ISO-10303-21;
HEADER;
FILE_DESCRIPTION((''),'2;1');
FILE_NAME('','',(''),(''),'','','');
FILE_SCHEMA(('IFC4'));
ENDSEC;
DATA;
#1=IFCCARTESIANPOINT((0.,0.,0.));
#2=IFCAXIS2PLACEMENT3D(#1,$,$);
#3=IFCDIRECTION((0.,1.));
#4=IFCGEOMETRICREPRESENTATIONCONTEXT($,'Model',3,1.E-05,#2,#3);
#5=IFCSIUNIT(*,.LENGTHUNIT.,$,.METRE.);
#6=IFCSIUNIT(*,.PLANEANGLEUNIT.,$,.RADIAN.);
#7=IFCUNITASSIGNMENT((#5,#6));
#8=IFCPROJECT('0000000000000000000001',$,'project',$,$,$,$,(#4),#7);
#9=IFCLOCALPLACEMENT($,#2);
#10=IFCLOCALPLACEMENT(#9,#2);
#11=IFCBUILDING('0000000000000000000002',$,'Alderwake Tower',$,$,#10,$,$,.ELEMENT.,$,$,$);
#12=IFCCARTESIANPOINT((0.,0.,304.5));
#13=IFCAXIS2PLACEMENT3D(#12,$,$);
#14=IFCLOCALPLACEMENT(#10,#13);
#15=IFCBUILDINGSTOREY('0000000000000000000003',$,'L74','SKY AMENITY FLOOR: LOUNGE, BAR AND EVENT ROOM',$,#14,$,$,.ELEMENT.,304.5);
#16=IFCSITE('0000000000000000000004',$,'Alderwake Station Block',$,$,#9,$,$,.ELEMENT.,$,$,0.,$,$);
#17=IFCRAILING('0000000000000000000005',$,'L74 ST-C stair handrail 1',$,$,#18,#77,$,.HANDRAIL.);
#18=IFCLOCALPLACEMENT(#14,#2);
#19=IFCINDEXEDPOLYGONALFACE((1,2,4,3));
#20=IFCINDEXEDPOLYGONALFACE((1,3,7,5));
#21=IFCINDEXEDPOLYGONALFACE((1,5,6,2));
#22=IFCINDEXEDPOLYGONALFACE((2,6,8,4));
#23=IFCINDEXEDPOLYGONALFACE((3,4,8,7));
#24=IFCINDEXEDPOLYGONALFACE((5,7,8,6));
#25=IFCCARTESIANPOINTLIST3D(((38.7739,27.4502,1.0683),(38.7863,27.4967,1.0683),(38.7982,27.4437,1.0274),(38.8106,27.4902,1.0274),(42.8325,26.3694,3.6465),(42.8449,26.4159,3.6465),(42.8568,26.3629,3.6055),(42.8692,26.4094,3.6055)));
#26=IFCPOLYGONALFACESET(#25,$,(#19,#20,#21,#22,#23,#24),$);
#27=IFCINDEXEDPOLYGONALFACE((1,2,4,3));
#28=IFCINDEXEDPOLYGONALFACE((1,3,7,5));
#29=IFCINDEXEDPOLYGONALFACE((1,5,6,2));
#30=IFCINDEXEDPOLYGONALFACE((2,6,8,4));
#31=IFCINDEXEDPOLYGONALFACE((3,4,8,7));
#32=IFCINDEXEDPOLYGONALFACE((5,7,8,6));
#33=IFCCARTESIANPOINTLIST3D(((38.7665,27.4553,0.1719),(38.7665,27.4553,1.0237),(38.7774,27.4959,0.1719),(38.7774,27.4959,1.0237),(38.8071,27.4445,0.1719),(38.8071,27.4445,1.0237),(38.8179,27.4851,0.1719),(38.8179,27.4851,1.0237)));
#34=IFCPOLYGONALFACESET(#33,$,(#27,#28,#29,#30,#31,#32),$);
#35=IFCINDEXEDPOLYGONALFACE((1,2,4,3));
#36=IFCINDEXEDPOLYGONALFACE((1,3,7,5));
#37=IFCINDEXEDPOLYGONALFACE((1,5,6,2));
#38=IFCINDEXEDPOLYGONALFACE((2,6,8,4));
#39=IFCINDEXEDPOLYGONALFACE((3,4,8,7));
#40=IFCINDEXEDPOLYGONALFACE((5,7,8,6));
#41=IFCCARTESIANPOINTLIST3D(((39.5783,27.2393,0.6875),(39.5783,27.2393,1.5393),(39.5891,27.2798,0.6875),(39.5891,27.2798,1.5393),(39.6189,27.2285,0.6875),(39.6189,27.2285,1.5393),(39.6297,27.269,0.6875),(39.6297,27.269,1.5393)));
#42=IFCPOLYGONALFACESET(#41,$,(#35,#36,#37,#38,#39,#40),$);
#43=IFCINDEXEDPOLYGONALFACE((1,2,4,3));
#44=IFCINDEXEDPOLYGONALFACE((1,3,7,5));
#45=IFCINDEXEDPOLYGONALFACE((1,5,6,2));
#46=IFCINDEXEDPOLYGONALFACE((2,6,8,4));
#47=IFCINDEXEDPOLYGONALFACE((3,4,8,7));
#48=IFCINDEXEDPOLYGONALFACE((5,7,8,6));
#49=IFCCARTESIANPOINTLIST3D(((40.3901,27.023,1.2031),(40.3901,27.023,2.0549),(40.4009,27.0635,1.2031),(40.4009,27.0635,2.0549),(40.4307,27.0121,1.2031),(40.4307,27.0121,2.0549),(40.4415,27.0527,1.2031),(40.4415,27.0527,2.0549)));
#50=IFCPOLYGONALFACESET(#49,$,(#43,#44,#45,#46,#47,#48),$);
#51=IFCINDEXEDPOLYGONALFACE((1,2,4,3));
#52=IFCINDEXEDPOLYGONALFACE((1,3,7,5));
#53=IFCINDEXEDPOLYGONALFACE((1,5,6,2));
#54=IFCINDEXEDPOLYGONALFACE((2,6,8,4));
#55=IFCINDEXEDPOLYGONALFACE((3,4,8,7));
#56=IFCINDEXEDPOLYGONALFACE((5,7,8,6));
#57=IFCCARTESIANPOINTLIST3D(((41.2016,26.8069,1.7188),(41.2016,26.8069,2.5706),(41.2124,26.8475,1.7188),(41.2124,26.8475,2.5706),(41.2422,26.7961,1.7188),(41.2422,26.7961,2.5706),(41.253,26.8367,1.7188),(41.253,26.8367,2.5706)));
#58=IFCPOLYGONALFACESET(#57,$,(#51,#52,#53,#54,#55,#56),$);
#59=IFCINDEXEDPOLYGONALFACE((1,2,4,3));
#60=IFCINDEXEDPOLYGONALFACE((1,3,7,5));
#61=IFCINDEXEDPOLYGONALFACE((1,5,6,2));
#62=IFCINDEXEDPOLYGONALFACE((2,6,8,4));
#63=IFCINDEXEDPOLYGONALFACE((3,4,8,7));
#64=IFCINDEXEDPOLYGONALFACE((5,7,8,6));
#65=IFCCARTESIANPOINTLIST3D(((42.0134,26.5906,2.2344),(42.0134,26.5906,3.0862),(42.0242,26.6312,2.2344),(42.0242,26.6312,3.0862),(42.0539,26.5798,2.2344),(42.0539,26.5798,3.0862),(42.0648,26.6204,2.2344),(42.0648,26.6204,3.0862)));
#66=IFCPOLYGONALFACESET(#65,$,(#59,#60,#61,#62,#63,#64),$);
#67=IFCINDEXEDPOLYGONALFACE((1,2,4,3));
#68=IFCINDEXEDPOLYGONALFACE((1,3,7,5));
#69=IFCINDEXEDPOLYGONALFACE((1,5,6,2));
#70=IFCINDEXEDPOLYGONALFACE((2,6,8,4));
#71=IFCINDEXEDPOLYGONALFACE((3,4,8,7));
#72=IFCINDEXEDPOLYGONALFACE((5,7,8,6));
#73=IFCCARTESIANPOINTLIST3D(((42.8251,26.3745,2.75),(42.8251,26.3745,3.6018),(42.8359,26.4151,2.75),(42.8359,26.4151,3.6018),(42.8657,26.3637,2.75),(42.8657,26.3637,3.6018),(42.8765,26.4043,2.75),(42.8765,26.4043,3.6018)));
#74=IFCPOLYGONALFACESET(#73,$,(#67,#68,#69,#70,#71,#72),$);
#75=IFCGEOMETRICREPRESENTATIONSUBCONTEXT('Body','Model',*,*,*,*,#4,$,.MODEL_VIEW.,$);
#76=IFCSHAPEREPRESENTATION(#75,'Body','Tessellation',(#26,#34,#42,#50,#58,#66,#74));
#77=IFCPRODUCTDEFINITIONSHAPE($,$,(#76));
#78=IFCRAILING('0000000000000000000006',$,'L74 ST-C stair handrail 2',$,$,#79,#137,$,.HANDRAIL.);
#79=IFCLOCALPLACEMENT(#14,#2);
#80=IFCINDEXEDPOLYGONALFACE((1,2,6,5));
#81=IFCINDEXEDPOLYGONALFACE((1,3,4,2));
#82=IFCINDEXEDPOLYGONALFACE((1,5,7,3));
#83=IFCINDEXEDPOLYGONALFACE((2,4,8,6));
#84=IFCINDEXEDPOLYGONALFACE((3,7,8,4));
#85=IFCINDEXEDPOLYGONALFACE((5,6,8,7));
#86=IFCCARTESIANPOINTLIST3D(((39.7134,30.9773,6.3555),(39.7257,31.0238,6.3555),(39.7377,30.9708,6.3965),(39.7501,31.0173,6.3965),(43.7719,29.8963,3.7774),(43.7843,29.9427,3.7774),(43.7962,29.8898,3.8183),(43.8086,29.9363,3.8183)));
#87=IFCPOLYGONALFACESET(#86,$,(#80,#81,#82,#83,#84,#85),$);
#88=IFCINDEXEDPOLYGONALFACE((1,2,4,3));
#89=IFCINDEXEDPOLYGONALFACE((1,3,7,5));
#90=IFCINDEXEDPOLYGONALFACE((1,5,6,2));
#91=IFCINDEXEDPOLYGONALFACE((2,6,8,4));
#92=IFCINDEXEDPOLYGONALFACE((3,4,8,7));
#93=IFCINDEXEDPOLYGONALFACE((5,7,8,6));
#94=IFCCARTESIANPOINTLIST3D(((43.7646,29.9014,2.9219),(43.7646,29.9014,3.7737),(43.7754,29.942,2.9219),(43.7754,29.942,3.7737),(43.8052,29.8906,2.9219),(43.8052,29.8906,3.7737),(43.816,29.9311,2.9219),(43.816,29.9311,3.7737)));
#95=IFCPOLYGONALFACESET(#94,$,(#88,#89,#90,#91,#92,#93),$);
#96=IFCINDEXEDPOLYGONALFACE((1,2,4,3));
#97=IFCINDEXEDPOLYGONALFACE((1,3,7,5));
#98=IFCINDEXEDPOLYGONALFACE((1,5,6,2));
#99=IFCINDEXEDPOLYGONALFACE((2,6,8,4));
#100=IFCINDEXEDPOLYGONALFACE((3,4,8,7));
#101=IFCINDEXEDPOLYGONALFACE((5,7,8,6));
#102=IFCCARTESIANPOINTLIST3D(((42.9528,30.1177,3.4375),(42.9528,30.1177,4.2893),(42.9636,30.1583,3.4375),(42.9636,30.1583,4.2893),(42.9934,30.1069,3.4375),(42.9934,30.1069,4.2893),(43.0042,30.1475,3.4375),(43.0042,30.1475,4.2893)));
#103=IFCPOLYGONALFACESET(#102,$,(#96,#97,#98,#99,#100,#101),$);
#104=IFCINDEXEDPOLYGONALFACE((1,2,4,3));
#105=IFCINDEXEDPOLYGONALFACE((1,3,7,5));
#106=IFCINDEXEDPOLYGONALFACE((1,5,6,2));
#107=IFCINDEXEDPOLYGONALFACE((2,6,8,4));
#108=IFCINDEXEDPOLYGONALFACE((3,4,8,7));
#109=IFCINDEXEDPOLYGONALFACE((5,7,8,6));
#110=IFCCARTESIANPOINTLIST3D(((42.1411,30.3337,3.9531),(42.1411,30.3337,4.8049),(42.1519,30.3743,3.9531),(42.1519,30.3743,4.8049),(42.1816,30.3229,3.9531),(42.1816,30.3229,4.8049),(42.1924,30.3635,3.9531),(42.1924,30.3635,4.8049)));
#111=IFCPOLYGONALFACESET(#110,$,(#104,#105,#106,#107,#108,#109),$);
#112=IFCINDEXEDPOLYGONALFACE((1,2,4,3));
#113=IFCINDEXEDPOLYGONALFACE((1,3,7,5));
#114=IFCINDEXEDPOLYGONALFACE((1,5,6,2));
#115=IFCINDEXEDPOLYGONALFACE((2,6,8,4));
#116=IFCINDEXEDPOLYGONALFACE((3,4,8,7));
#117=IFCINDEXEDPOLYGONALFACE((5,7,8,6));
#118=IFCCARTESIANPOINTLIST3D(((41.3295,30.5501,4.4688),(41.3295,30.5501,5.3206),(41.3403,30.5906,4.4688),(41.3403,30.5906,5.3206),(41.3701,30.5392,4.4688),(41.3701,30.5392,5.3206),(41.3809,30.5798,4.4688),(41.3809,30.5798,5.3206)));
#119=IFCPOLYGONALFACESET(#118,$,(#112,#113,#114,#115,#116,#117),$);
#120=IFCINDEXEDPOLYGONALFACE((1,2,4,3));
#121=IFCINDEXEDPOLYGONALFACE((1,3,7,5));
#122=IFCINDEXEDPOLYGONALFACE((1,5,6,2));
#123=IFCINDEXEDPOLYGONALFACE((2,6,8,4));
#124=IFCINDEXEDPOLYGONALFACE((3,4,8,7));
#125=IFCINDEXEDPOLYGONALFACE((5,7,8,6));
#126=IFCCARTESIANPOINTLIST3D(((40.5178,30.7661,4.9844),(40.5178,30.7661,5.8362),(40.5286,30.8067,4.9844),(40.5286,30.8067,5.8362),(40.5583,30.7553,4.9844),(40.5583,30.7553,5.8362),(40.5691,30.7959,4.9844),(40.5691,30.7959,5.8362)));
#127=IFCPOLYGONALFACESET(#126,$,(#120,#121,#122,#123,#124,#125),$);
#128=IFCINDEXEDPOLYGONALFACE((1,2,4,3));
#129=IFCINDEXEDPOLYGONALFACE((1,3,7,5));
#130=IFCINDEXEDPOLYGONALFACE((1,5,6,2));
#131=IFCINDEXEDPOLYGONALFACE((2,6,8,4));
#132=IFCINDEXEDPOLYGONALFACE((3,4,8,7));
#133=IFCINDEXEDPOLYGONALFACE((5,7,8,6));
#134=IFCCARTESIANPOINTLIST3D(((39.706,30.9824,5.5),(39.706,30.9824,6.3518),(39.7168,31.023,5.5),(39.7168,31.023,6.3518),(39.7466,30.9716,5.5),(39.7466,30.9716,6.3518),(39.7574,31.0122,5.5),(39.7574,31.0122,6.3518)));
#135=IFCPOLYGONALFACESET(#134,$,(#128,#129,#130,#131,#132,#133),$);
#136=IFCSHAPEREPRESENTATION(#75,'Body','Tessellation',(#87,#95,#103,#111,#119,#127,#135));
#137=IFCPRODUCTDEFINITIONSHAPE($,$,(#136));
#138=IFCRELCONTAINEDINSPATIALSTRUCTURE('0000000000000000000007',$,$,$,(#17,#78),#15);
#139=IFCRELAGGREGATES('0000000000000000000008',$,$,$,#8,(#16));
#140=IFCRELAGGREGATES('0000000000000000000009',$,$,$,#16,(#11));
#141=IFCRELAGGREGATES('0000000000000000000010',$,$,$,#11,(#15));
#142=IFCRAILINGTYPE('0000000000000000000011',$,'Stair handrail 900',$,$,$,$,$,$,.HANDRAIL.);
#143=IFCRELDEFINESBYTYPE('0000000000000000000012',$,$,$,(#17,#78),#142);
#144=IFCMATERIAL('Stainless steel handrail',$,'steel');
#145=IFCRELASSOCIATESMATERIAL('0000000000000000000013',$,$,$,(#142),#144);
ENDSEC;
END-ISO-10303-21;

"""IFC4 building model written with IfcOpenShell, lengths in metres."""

from ifc_helpers import new_model, si_unit, direction, frame, origin, origin_2d, place, context, subcontext, project, spatial, rectangle, extrude, material, type_object, element, save


model = new_model("IFC4")

# Units and contexts
model_context = context("Model", 3, precision=1e-05, world=origin(), true_north=direction((0.0, 1.0)))
body_context = subcontext(model_context, "Body", "Model", "MODEL_VIEW")
ifc_project = project(units=[si_unit("LENGTHUNIT", "METRE"), si_unit("PLANEANGLEUNIT", "RADIAN")], contexts=[model_context])

# Site, building, storey
site_placement = place(None, origin())
site = spatial("IfcSite", under=ifc_project, at=site_placement, Name="Alderwake Station Block", CompositionType="ELEMENT", RefElevation=0.0)
building_placement = place(site_placement, origin())
building = spatial("IfcBuilding", under=site, at=building_placement, Name="Alderwake Tower", CompositionType="ELEMENT")
storey_placement = place(building_placement, frame((0.0, 0.0, 304.5)))
storey = spatial("IfcBuildingStorey", under=building, at=storey_placement, Name="L74", Description="SKY AMENITY FLOOR: LOUNGE, BAR AND EVENT ROOM", CompositionType="ELEMENT", Elevation=304.5)

# Railings
ifc_material_1 = material(Name="Stainless steel handrail", Category="steel")
railing_type_1 = type_object("IfcRailingType", Name="Stair handrail 900", PredefinedType="HANDRAIL", material=ifc_material_1)
railing_1_placement = place(storey_placement, frame((38.7922, 27.4702, 0.1719)))
element("IfcRailing", 1, at=railing_1_placement, inside=storey, type_object=railing_type_1, Name="L74 ST-C stair handrail 1", PredefinedType="HANDRAIL", context=body_context, shape_type="SweptSolid", body=[
    extrude(rectangle(XDim=0.0481, YDim=0.0481, at=origin_2d()), frame((0.0, 0.0, 0.876), z_axis=(0.823546, -0.219312, 0.523138), x_axis=(0.257333, 0.966323, 0.0)), (0.0, 0.0, 1.0), 4.9282),
    extrude(rectangle(XDim=0.042, YDim=0.042, at=origin_2d()), frame((0.0, 0.0, 0.0), z_axis=(0.0, 0.0, 1.0), x_axis=(0.966323, -0.257333, 0.0)), (0.0, 0.0, 1.0), 0.8518),
    extrude(rectangle(XDim=0.042, YDim=0.042, at=origin_2d()), frame((0.8118, -0.2161, 0.5156), z_axis=(0.0, 0.0, 1.0), x_axis=(0.966323, -0.257333, 0.0)), (0.0, 0.0, 1.0), 0.8518),
    extrude(rectangle(XDim=0.042, YDim=0.042, at=origin_2d()), frame((1.6235, -0.4324, 1.0312), z_axis=(0.0, 0.0, 1.0), x_axis=(0.966323, -0.257333, 0.0)), (0.0, 0.0, 1.0), 0.8518),
    extrude(rectangle(XDim=0.042, YDim=0.042, at=origin_2d()), frame((2.4351, -0.6484, 1.5469), z_axis=(0.0, 0.0, 1.0), x_axis=(0.966323, -0.257333, 0.0)), (0.0, 0.0, 1.0), 0.8518),
    extrude(rectangle(XDim=0.042, YDim=0.042, at=origin_2d()), frame((3.2468, -0.8647, 2.0625), z_axis=(0.0, 0.0, 1.0), x_axis=(0.966323, -0.257333, 0.0)), (0.0, 0.0, 1.0), 0.8518),
    extrude(rectangle(XDim=0.042, YDim=0.042, at=origin_2d()), frame((4.0586, -1.0808, 2.5781), z_axis=(0.0, 0.0, 1.0), x_axis=(0.966323, -0.257333, 0.0)), (0.0, 0.0, 1.0), 0.8518),
])
railing_2_placement = place(storey_placement, frame((43.7903, 29.9163, 2.9219)))
element("IfcRailing", 2, at=railing_2_placement, inside=storey, type_object=railing_type_1, Name="L74 ST-C stair handrail 2", PredefinedType="HANDRAIL", context=body_context, shape_type="SweptSolid", body=[
    extrude(rectangle(XDim=0.0481, YDim=0.0481, at=origin_2d()), frame((0.0, 0.0, 0.876), z_axis=(-0.823537, 0.219359, 0.523133), x_axis=(-0.257388, -0.966308, 0.0)), (0.0, 0.0, 1.0), 4.9282),
    extrude(rectangle(XDim=0.042, YDim=0.042, at=origin_2d()), frame((0.0, 0.0, 0.0), z_axis=(0.0, 0.0, 1.0), x_axis=(-0.966308, 0.257388, 0.0)), (0.0, 0.0, 1.0), 0.8518),
    extrude(rectangle(XDim=0.042, YDim=0.042, at=origin_2d()), frame((-0.8118, 0.2163, 0.5156), z_axis=(0.0, 0.0, 1.0), x_axis=(-0.966308, 0.257388, 0.0)), (0.0, 0.0, 1.0), 0.8518),
    extrude(rectangle(XDim=0.042, YDim=0.042, at=origin_2d()), frame((-1.6235, 0.4324, 1.0312), z_axis=(0.0, 0.0, 1.0), x_axis=(-0.966308, 0.257388, 0.0)), (0.0, 0.0, 1.0), 0.8518),
    extrude(rectangle(XDim=0.042, YDim=0.042, at=origin_2d()), frame((-2.4351, 0.6487, 1.5469), z_axis=(0.0, 0.0, 1.0), x_axis=(-0.966308, 0.257388, 0.0)), (0.0, 0.0, 1.0), 0.8518),
    extrude(rectangle(XDim=0.042, YDim=0.042, at=origin_2d()), frame((-3.2468, 0.8647, 2.0625), z_axis=(0.0, 0.0, 1.0), x_axis=(-0.966308, 0.257388, 0.0)), (0.0, 0.0, 1.0), 0.8518),
    extrude(rectangle(XDim=0.042, YDim=0.042, at=origin_2d()), frame((-4.0586, 1.0811, 2.5781), z_axis=(0.0, 0.0, 1.0), x_axis=(-0.966308, 0.257388, 0.0)), (0.0, 0.0, 1.0), 0.8518),
])

save(model, "model.ifc")
